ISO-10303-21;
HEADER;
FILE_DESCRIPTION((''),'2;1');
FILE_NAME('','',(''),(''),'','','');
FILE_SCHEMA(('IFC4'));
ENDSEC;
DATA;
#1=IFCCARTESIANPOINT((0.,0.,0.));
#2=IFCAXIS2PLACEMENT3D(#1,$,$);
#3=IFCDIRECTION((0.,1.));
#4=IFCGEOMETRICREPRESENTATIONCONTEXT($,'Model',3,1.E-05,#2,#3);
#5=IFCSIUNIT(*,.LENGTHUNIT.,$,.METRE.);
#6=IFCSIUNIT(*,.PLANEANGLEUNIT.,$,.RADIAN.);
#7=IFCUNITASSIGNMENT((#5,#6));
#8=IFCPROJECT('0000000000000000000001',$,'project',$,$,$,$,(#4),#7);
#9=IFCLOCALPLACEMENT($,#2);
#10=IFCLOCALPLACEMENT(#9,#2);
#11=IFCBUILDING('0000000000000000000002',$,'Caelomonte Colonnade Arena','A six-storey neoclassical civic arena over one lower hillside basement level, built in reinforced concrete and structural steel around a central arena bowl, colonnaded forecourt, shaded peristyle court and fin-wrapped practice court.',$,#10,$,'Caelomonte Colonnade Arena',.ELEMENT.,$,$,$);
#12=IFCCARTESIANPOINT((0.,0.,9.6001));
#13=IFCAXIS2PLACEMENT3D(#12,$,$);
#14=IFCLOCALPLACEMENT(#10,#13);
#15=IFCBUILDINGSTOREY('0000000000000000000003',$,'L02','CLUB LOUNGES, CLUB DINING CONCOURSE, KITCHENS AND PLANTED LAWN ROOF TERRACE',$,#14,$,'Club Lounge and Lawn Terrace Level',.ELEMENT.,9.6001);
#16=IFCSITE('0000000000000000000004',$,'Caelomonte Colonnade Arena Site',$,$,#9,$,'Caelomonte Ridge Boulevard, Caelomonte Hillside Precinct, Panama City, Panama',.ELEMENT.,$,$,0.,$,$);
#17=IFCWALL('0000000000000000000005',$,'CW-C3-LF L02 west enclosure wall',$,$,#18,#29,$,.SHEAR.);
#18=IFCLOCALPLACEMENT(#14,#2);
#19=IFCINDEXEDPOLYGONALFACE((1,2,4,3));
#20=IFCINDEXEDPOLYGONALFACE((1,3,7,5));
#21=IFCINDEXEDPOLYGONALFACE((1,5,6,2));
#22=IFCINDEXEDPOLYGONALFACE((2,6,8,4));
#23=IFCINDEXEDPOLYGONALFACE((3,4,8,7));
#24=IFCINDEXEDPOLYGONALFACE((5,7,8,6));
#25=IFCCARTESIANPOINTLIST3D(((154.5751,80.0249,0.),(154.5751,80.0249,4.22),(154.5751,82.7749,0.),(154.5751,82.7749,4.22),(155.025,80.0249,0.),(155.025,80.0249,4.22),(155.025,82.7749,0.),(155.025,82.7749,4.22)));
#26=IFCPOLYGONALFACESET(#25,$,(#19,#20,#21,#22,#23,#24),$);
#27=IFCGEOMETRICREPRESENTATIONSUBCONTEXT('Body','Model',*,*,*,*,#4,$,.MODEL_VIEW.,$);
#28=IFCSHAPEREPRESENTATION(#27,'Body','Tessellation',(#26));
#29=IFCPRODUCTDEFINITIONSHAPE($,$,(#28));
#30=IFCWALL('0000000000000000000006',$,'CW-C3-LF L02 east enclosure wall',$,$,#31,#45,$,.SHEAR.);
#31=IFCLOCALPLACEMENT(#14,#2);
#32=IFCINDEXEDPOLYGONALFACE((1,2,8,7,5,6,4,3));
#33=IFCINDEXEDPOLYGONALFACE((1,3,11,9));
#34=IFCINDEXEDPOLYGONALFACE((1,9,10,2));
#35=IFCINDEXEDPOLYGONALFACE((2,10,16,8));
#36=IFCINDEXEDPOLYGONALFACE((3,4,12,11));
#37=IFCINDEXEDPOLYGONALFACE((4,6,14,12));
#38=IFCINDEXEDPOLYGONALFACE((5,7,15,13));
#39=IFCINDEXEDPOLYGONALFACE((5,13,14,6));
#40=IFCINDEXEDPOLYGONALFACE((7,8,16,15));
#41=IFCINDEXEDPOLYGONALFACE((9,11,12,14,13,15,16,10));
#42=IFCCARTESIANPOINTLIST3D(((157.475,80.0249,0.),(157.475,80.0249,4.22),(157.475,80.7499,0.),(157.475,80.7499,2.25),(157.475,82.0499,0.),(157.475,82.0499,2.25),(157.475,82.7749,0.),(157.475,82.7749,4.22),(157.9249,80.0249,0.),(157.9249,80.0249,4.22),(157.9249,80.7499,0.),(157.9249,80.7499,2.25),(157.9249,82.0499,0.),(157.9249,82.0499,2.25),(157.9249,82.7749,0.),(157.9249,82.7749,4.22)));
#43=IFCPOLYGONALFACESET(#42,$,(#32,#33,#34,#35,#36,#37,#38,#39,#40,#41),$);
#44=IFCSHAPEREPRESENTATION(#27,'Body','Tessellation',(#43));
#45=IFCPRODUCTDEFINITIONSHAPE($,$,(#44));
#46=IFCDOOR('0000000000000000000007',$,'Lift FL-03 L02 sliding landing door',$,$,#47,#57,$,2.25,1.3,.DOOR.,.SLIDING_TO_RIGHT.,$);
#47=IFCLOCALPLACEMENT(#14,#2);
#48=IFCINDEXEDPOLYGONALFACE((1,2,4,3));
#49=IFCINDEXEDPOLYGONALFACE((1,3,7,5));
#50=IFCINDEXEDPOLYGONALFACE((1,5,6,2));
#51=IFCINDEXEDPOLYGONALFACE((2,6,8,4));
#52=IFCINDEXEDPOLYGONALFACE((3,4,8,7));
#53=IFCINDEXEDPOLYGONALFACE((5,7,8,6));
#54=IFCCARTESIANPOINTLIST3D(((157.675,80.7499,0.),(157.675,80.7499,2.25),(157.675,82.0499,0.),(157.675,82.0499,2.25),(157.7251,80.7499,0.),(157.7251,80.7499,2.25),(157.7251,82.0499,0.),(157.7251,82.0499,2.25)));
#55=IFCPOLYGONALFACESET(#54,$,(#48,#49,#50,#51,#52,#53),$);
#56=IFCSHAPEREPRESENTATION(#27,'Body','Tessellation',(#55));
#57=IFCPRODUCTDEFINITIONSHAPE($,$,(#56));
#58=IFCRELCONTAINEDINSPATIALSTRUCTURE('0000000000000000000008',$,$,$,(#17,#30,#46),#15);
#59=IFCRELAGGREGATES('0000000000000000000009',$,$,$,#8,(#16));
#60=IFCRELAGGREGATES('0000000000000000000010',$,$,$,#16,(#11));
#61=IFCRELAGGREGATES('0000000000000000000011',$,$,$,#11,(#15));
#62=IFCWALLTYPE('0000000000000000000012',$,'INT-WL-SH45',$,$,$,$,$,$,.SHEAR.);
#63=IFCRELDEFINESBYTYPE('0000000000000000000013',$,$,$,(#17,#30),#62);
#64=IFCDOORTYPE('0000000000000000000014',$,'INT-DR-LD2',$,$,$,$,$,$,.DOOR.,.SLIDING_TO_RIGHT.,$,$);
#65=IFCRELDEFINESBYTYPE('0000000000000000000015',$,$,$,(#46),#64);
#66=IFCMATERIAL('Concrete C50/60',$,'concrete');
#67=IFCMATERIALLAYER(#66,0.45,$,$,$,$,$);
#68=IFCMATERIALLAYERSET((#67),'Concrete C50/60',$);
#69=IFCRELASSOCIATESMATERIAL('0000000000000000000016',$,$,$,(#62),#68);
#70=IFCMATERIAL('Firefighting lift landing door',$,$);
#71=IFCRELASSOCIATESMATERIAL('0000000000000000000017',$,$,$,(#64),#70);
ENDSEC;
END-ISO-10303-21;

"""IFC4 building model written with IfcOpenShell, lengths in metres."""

from ifc_helpers import new_model, si_unit, direction, frame, frame_2d, origin, place, context, subcontext, project, spatial, rectangle, extrude, material, layer, layer_set, type_object, element, fill, save


model = new_model("IFC4")

# Units and contexts
model_context = context("Model", 3, precision=1e-05, world=origin(), true_north=direction((0.0, 1.0)))
body_context = subcontext(model_context, "Body", "Model", "MODEL_VIEW")
ifc_project = project(units=[si_unit("LENGTHUNIT", "METRE"), si_unit("PLANEANGLEUNIT", "RADIAN")], contexts=[model_context])

# Site, building, storey
site_placement = place(None, origin())
site = spatial("IfcSite", under=ifc_project, at=site_placement, Name="Caelomonte Colonnade Arena Site", LongName="Caelomonte Ridge Boulevard, Caelomonte Hillside Precinct, Panama City, Panama", CompositionType="ELEMENT", RefElevation=0.0)
building_placement = place(site_placement, origin())
building = spatial("IfcBuilding", under=site, at=building_placement, Name="Caelomonte Colonnade Arena", Description="A six-storey neoclassical civic arena over one lower hillside basement level, built in reinforced concrete and structural steel around a central arena bowl, colonnaded forecourt, shaded peristyle court and fin-wrapped practice court.", LongName="Caelomonte Colonnade Arena", CompositionType="ELEMENT")
storey_placement = place(building_placement, frame((0.0, 0.0, 9.6001)))
storey = spatial("IfcBuildingStorey", under=building, at=storey_placement, Name="L02", Description="CLUB LOUNGES, CLUB DINING CONCOURSE, KITCHENS AND PLANTED LAWN ROOF TERRACE", LongName="Club Lounge and Lawn Terrace Level", CompositionType="ELEMENT", Elevation=9.6001)

# Shared definitions
ifc_material_1 = material(Name="Concrete C50/60", Category="concrete")

# Wall
ifc_layer_1 = layer(ifc_material_1, 0.45)
ifc_layer_set_1 = layer_set([ifc_layer_1], Name="Concrete C50/60")
wall_type_1 = type_object("IfcWallType", Name="INT-WL-SH45", PredefinedType="SHEAR", material=ifc_layer_set_1)
wall_1_placement = place(storey_placement, frame((154.8, 82.7749, 0.0), z_axis=(0.0, 0.0, 1.0), x_axis=(0.0, -1.0, 0.0)))
element("IfcWall", 1, at=wall_1_placement, inside=storey, type_object=wall_type_1, Name="CW-C3-LF L02 west enclosure wall", PredefinedType="SHEAR", context=body_context, shape_type="SweptSolid", body=[
    extrude(rectangle(XDim=2.75, YDim=0.45, at=frame_2d((1.375, 0.0))), origin(), (0.0, 0.0, 1.0), 4.22),
])

# Wall, opening, door
wall_2_placement = place(storey_placement, frame((157.7, 80.0249, 0.0), z_axis=(0.0, 0.0, 1.0), x_axis=(0.0, 1.0, 0.0)))
wall_2 = element("IfcWall", 2, at=wall_2_placement, inside=storey, type_object=wall_type_1, Name="CW-C3-LF L02 east enclosure wall", PredefinedType="SHEAR", context=body_context, shape_type="SweptSolid", body=[
    extrude(rectangle(XDim=2.75, YDim=0.45, at=frame_2d((1.375, 0.0))), origin(), (0.0, 0.0, 1.0), 4.22),
])
opening_1_placement = place(wall_2_placement, frame((0.7251, 0.0, 0.0), z_axis=(0.0, 0.0, 1.0), x_axis=(1.0, 0.0, 0.0)))
opening_1 = element("IfcOpeningElement", 3, at=opening_1_placement, cuts=wall_2, PredefinedType="OPENING", context=body_context, shape_type="SweptSolid", body=[
    extrude(rectangle(XDim=1.3, YDim=2.25, at=frame_2d((0.6499, 1.125))), frame((0.0, 0.2349, 0.0), z_axis=(0.0, -1.0, 0.0), x_axis=(1.0, 0.0, 0.0)), (0.0, 0.0, 1.0), 0.47),
])
ifc_material_2 = material(Name="Firefighting lift landing door")
door_type_1 = type_object("IfcDoorType", Name="INT-DR-LD2", OperationType="SLIDING_TO_RIGHT", PredefinedType="DOOR", material=ifc_material_2)
door_1_placement = place(opening_1_placement, origin())
door_1 = element("IfcDoor", 4, at=door_1_placement, inside=storey, type_object=door_type_1, Name="Lift FL-03 L02 sliding landing door", OperationType="SLIDING_TO_RIGHT", OverallHeight=2.25, OverallWidth=1.3, PredefinedType="DOOR", context=body_context, shape_type="SweptSolid", body=[
    extrude(rectangle(XDim=1.3, YDim=2.25, at=frame_2d((0.6499, 1.125))), frame((0.0, 0.0249, 0.0), z_axis=(0.0, -1.0, 0.0), x_axis=(1.0, 0.0, 0.0)), (0.0, 0.0, 1.0), 0.05),
])
fill(opening_1, door_1)

save(model, "model.ifc")
